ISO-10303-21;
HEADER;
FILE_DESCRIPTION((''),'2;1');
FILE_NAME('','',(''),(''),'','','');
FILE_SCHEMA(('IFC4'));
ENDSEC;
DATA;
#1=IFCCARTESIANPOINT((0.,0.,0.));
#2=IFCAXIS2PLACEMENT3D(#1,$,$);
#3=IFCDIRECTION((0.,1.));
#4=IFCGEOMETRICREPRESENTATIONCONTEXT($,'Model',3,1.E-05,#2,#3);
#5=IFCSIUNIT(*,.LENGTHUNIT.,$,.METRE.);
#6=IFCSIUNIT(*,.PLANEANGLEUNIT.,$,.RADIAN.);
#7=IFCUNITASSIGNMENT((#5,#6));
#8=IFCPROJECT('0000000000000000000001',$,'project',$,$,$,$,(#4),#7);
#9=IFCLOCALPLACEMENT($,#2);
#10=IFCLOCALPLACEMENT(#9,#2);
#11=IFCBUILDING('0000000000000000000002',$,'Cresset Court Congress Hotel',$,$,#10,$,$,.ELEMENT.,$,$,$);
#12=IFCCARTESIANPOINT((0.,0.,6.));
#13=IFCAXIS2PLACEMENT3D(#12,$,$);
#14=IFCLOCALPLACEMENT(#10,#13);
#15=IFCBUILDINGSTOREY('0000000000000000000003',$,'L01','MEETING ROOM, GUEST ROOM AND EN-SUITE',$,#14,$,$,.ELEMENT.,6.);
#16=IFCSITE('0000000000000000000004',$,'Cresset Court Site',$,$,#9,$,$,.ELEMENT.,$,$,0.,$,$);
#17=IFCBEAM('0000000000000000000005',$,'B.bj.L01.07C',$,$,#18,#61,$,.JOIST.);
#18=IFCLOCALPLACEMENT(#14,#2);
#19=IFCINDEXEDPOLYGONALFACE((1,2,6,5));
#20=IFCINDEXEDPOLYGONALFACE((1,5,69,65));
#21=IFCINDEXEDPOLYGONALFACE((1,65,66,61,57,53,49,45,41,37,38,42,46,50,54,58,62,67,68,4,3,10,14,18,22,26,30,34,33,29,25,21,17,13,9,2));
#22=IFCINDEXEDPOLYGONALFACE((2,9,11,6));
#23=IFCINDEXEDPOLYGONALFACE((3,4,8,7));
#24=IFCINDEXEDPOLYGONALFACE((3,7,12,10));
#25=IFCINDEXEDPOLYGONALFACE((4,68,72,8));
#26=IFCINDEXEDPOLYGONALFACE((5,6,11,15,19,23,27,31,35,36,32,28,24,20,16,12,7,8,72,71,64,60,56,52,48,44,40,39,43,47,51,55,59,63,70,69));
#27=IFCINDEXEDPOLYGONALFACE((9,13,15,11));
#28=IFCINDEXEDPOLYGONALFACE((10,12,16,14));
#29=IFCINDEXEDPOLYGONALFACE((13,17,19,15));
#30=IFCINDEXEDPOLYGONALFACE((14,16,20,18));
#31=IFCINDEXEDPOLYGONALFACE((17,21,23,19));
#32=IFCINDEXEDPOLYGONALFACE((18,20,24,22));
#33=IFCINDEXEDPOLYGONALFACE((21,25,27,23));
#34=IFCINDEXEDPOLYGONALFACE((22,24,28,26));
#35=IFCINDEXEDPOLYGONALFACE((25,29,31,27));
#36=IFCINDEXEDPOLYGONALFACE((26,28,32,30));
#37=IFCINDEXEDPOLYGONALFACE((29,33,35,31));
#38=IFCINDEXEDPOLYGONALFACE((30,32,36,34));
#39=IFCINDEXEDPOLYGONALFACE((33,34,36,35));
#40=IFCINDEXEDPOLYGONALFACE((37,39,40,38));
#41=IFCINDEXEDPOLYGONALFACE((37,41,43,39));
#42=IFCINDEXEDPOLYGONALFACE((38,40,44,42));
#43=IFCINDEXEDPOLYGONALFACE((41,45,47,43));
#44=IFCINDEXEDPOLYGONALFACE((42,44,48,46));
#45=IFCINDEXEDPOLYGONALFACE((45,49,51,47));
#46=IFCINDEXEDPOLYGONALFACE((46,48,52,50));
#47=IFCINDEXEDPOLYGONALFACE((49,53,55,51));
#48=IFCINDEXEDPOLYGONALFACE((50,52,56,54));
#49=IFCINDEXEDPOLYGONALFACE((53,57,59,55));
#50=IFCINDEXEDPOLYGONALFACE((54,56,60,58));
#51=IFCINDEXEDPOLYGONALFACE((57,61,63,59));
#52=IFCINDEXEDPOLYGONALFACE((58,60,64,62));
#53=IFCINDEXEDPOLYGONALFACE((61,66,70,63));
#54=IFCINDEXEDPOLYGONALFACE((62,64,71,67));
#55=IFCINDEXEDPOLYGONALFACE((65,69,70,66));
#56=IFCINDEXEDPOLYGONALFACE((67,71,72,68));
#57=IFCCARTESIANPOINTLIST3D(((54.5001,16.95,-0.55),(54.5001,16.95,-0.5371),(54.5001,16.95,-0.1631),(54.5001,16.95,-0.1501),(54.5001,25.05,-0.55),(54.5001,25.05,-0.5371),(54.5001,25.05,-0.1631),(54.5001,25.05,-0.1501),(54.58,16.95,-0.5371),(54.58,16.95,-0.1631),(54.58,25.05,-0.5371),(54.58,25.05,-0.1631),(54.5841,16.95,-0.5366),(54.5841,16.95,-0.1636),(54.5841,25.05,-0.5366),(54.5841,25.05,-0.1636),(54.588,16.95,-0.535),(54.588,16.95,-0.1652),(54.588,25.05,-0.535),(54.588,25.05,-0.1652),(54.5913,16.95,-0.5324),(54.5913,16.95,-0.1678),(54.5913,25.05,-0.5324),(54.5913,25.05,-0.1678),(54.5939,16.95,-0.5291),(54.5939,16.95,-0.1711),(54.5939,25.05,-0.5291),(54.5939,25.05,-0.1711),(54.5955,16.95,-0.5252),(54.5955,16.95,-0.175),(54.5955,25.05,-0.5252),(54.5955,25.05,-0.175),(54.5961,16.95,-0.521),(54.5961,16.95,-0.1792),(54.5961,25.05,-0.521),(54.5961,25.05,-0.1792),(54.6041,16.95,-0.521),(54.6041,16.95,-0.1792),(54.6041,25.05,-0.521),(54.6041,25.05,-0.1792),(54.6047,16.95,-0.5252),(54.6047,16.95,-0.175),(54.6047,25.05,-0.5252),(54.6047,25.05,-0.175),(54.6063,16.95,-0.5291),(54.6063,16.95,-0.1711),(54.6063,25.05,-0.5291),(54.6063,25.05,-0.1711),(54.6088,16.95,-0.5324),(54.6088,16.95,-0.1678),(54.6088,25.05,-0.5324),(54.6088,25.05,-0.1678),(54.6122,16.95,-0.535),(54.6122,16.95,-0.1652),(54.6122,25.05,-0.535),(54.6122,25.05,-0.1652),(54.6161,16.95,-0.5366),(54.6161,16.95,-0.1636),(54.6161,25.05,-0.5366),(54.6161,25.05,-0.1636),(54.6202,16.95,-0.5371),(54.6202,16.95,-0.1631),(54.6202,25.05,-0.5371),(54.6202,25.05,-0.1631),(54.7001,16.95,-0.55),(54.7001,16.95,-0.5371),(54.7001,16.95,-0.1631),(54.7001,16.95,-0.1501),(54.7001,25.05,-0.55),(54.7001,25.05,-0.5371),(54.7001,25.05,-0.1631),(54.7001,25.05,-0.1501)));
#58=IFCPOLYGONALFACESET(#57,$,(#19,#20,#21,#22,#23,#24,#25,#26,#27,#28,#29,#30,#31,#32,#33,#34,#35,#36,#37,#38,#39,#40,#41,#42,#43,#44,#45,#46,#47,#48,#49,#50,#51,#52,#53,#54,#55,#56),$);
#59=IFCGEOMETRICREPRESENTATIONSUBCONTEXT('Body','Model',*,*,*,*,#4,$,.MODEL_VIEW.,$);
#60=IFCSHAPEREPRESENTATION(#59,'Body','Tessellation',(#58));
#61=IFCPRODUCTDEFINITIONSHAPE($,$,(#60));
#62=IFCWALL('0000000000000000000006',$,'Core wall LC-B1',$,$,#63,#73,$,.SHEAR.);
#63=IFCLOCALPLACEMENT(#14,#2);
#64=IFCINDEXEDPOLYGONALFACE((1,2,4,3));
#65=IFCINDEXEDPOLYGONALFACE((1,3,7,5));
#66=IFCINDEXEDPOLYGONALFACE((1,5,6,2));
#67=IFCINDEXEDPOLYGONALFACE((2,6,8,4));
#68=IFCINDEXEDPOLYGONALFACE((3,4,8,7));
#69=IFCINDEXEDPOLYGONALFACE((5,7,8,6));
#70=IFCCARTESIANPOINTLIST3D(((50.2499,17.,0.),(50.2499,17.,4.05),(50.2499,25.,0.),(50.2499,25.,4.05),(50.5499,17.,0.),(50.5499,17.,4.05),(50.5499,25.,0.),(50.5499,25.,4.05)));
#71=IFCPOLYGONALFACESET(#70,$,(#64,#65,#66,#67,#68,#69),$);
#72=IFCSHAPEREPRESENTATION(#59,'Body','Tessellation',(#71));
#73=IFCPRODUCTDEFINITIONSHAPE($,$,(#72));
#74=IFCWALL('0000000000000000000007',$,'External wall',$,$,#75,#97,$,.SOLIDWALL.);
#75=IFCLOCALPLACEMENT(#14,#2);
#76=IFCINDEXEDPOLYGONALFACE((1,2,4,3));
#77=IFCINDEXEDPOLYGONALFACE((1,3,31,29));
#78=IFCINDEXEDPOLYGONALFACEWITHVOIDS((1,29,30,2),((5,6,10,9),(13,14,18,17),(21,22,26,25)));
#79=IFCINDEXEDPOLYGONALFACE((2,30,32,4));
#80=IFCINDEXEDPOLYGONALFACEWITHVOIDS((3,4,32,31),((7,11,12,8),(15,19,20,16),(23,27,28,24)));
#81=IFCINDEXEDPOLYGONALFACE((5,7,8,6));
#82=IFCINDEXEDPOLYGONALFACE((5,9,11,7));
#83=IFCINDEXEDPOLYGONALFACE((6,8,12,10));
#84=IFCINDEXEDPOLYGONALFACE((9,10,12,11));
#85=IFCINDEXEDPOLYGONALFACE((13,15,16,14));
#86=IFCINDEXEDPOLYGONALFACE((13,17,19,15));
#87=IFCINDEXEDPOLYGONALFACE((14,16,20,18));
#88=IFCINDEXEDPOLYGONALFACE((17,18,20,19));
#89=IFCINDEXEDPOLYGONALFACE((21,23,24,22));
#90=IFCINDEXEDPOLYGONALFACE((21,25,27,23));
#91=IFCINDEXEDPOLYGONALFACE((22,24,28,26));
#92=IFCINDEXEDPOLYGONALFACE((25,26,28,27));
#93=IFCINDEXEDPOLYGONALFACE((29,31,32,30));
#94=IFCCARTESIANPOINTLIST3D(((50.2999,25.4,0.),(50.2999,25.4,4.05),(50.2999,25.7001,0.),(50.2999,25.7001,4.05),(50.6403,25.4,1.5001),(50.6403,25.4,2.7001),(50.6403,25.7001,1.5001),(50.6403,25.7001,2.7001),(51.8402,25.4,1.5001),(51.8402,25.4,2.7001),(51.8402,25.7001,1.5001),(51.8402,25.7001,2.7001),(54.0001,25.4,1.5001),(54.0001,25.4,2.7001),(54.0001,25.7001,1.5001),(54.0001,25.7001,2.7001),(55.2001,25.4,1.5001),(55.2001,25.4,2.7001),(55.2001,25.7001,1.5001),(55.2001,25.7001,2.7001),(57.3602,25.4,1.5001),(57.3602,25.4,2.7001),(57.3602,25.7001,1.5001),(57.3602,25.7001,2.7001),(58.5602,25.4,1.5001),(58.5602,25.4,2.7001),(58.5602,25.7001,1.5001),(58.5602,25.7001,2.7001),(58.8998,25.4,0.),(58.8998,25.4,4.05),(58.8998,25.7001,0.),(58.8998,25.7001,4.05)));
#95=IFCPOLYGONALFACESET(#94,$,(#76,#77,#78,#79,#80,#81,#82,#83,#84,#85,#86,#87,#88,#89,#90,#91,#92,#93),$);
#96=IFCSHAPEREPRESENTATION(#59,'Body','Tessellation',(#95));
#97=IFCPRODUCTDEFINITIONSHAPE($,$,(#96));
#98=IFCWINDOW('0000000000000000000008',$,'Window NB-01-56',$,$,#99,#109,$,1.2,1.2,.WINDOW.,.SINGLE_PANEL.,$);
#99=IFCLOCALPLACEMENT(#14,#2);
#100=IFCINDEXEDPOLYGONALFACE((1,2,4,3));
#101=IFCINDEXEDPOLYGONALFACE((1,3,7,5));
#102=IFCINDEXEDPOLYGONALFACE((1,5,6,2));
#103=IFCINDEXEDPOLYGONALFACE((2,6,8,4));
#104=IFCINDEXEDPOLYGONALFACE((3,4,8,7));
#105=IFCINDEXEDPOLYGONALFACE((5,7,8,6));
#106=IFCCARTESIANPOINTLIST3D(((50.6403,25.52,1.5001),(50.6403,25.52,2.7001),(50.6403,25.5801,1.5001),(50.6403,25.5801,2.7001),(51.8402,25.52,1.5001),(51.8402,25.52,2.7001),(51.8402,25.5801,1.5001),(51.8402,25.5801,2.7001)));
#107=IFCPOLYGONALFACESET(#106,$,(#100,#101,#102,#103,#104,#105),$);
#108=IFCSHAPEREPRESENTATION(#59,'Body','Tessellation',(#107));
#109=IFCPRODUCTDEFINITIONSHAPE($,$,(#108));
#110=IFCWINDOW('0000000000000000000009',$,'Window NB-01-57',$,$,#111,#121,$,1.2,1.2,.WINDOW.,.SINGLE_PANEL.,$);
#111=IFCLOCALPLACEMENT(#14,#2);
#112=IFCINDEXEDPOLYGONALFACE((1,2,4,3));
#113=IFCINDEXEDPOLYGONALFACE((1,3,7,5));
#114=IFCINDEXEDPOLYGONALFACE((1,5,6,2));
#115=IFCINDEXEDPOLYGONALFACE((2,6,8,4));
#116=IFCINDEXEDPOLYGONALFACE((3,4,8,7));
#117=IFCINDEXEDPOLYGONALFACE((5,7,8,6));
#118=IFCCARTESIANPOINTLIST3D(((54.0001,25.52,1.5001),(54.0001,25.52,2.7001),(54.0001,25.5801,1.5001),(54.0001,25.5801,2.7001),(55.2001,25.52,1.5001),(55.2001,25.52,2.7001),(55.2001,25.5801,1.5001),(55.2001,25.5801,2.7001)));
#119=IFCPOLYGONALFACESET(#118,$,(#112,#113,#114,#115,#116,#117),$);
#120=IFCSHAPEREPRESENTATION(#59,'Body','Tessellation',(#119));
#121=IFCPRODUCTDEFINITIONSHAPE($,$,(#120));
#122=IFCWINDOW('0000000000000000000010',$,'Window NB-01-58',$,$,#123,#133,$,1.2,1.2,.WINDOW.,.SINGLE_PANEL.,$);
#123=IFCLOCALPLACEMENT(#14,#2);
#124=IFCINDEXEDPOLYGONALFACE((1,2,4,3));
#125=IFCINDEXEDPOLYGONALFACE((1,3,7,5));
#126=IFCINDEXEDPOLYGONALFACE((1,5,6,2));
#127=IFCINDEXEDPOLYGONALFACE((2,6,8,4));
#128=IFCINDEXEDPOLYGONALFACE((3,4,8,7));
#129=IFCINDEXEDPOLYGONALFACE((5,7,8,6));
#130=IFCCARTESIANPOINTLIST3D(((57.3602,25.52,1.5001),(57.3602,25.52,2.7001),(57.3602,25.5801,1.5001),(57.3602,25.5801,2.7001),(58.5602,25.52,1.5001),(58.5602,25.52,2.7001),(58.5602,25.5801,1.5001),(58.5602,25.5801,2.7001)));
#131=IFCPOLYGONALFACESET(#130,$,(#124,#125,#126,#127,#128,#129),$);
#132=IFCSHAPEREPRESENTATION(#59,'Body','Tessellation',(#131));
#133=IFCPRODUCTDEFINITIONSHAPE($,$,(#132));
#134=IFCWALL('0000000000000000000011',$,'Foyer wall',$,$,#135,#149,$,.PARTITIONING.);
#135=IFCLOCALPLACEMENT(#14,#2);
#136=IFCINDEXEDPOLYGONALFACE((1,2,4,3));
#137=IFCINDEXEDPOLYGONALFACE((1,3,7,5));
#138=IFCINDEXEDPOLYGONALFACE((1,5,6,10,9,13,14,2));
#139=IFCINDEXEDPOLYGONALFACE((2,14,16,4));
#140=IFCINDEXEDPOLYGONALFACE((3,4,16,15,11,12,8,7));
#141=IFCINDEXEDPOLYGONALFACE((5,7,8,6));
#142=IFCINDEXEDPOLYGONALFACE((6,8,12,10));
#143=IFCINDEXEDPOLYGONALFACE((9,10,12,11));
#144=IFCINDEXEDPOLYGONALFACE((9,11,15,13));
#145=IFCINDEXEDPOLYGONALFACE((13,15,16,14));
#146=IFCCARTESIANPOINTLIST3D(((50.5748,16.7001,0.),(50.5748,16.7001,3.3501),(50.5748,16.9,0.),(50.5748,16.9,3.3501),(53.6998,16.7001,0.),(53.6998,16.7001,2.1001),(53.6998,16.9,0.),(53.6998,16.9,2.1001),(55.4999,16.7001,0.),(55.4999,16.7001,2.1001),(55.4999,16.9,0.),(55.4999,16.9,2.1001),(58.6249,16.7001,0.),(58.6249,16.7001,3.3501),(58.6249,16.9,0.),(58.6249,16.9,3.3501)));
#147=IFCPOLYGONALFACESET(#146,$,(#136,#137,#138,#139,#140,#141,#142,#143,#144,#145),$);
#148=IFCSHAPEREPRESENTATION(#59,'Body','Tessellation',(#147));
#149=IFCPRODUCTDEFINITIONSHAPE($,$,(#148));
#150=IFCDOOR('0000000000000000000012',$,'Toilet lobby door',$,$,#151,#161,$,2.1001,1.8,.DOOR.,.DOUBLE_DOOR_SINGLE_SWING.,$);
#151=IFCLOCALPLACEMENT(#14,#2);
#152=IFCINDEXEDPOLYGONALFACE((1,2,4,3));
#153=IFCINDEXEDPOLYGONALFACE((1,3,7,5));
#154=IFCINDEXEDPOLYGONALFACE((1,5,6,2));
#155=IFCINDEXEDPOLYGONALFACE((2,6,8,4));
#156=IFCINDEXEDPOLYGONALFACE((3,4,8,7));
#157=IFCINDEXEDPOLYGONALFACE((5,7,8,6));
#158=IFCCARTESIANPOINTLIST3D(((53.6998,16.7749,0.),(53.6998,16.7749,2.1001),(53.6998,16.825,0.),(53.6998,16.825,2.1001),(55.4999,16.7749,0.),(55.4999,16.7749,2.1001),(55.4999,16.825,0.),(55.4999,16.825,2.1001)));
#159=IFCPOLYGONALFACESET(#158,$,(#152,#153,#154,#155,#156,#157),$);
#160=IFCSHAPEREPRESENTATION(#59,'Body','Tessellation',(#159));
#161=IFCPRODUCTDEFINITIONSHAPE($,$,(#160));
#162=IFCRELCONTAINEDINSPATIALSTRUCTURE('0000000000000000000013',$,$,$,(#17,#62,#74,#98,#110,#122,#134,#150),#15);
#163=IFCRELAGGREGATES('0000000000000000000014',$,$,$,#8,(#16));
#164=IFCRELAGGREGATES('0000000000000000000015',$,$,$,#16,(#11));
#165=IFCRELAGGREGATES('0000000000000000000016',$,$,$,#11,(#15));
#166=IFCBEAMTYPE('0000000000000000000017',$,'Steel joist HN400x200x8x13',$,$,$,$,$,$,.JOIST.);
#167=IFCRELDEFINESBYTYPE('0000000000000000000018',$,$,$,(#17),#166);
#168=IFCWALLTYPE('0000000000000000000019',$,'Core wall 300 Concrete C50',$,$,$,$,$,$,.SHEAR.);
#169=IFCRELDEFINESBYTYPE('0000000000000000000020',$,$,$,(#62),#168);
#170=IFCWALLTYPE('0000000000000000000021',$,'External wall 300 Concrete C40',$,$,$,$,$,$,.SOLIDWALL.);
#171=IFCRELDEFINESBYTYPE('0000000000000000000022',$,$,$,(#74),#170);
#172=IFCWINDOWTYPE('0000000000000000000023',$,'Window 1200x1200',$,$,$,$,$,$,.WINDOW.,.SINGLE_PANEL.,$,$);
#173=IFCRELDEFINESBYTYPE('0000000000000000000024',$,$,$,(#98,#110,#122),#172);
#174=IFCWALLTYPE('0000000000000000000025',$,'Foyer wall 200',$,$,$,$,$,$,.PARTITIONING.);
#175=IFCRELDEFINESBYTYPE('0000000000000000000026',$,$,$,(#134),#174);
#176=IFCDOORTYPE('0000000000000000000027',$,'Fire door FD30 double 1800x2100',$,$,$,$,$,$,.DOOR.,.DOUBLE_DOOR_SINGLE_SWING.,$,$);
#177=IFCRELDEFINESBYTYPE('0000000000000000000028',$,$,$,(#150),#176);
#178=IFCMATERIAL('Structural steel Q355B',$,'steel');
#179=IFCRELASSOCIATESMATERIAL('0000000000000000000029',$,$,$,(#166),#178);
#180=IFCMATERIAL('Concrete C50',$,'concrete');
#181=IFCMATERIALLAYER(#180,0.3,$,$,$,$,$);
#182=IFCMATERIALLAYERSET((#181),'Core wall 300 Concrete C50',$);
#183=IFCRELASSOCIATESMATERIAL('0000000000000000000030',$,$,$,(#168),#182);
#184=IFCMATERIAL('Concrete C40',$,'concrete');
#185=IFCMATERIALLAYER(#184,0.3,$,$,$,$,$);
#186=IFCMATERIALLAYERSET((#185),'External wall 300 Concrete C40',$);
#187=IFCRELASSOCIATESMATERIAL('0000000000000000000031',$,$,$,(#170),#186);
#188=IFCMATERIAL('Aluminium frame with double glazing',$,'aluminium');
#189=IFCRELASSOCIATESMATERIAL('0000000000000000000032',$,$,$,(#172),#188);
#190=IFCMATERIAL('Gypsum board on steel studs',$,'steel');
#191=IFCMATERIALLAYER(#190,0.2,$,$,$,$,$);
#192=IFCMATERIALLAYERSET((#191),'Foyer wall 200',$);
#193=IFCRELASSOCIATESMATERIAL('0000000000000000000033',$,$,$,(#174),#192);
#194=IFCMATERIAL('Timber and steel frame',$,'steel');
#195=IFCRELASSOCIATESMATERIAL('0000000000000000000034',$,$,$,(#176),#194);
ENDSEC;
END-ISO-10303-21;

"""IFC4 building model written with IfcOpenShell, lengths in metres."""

from ifc_helpers import new_model, si_unit, direction, frame, frame_2d, origin, origin_2d, place, context, subcontext, project, spatial, rectangle, i_section, extrude, material, layer, layer_set, material_profile, profile_set, type_object, element, fill, save


model = new_model("IFC4")

# Units and contexts
model_context = context("Model", 3, precision=1e-05, world=origin(), true_north=direction((0.0, 1.0)))
body_context = subcontext(model_context, "Body", "Model", "MODEL_VIEW")
ifc_project = project(units=[si_unit("LENGTHUNIT", "METRE"), si_unit("PLANEANGLEUNIT", "RADIAN")], contexts=[model_context])

# Site, building, storey
site_placement = place(None, origin())
site = spatial("IfcSite", under=ifc_project, at=site_placement, Name="Cresset Court Site", CompositionType="ELEMENT", RefElevation=0.0)
building_placement = place(site_placement, origin())
building = spatial("IfcBuilding", under=site, at=building_placement, Name="Cresset Court Congress Hotel", CompositionType="ELEMENT")
storey_placement = place(building_placement, frame((0.0, 0.0, 6.0)))
storey = spatial("IfcBuildingStorey", under=building, at=storey_placement, Name="L01", Description="MEETING ROOM, GUEST ROOM AND EN-SUITE", CompositionType="ELEMENT", Elevation=6.0)

# Beam
ifc_material_1 = material(Name="Structural steel Q355B", Category="steel")
ifc_material_profile_1 = material_profile(ifc_material_1, i_section(OverallWidth=0.2, OverallDepth=0.3999, WebThickness=0.0081, FlangeThickness=0.0129, FilletRadius=0.0161, at=origin_2d()), Name="HN400x200x8x13")
ifc_profile_set_1 = profile_set([ifc_material_profile_1], Name="Structural steel Q355B")
beam_type_1 = type_object("IfcBeamType", Name="Steel joist HN400x200x8x13", PredefinedType="JOIST", material=ifc_profile_set_1)
beam_placement = place(storey_placement, frame((54.6001, 16.95, -0.3501), z_axis=(0.0, 1.0, 0.0), x_axis=(-1.0, 0.0, 0.0)))
element("IfcBeam", 1, at=beam_placement, inside=storey, type_object=beam_type_1, Name="B.bj.L01.07C", PredefinedType="JOIST", context=body_context, shape_type="SweptSolid", body=[
    extrude(i_section(OverallWidth=0.2, OverallDepth=0.3999, WebThickness=0.0081, FlangeThickness=0.0129, FilletRadius=0.0161, at=origin_2d()), origin(), (0.0, 0.0, 1.0), 8.1001),
])

# Wall
ifc_material_2 = material(Name="Concrete C50", Category="concrete")
ifc_layer_1 = layer(ifc_material_2, 0.3)
ifc_layer_set_1 = layer_set([ifc_layer_1], Name="Core wall 300 Concrete C50")
wall_type_1 = type_object("IfcWallType", Name="Core wall 300 Concrete C50", PredefinedType="SHEAR", material=ifc_layer_set_1)
wall_1_placement = place(storey_placement, frame((50.3999, 17.0, 0.0), z_axis=(0.0, 0.0, 1.0), x_axis=(0.0, 1.0, 0.0)))
element("IfcWall", 2, at=wall_1_placement, inside=storey, type_object=wall_type_1, Name="Core wall LC-B1", PredefinedType="SHEAR", context=body_context, shape_type="SweptSolid", body=[
    extrude(rectangle(XDim=8.0, YDim=0.3, at=frame_2d((4.0, 0.0))), origin(), (0.0, 0.0, 1.0), 4.05),
])

# Wall, openings, windows
ifc_material_3 = material(Name="Concrete C40", Category="concrete")
ifc_layer_2 = layer(ifc_material_3, 0.3)
ifc_layer_set_2 = layer_set([ifc_layer_2], Name="External wall 300 Concrete C40")
wall_type_2 = type_object("IfcWallType", Name="External wall 300 Concrete C40", PredefinedType="SOLIDWALL", material=ifc_layer_set_2)
wall_2_placement = place(storey_placement, frame((50.3, 25.55, 0.0), z_axis=(0.0, 0.0, 1.0), x_axis=(1.0, 0.0, 0.0)))
wall_2 = element("IfcWall", 3, at=wall_2_placement, inside=storey, type_object=wall_type_2, Name="External wall", PredefinedType="SOLIDWALL", context=body_context, shape_type="SweptSolid", body=[
    extrude(rectangle(XDim=8.5999, YDim=0.3, at=frame_2d((4.2998, 0.0))), origin(), (0.0, 0.0, 1.0), 4.05),
])
opening_1_placement = place(wall_2_placement, frame((0.3401, 0.0, 1.5)))
opening_1 = element("IfcOpeningElement", 4, at=opening_1_placement, cuts=wall_2, PredefinedType="OPENING", context=body_context, shape_type="SweptSolid", body=[
    extrude(rectangle(XDim=1.2, YDim=1.2, at=frame_2d((0.6001, 0.6001))), frame((0.0, 0.1599, 0.0), z_axis=(0.0, -1.0, 0.0), x_axis=(1.0, 0.0, 0.0)), (0.0, 0.0, 1.0), 0.3201),
])
opening_2_placement = place(wall_2_placement, frame((3.7, 0.0, 1.5)))
opening_2 = element("IfcOpeningElement", 5, at=opening_2_placement, cuts=wall_2, PredefinedType="OPENING", context=body_context, shape_type="SweptSolid", body=[
    extrude(rectangle(XDim=1.2, YDim=1.2, at=frame_2d((0.6001, 0.6001))), frame((0.0, 0.1599, 0.0), z_axis=(0.0, -1.0, 0.0), x_axis=(1.0, 0.0, 0.0)), (0.0, 0.0, 1.0), 0.3201),
])
opening_3_placement = place(wall_2_placement, frame((7.0601, 0.0, 1.5)))
opening_3 = element("IfcOpeningElement", 6, at=opening_3_placement, cuts=wall_2, PredefinedType="OPENING", context=body_context, shape_type="SweptSolid", body=[
    extrude(rectangle(XDim=1.2, YDim=1.2, at=frame_2d((0.6001, 0.6001))), frame((0.0, 0.1599, 0.0), z_axis=(0.0, -1.0, 0.0), x_axis=(1.0, 0.0, 0.0)), (0.0, 0.0, 1.0), 0.3201),
])
ifc_material_4 = material(Name="Aluminium frame with double glazing", Category="aluminium")
window_type = type_object("IfcWindowType", Name="Window 1200x1200", PartitioningType="SINGLE_PANEL", PredefinedType="WINDOW", material=ifc_material_4)
window_1_placement = place(opening_1_placement, origin())
window_1 = element("IfcWindow", 7, at=window_1_placement, inside=storey, type_object=window_type, Name="Window NB-01-56", OverallHeight=1.2, OverallWidth=1.2, PartitioningType="SINGLE_PANEL", PredefinedType="WINDOW", context=body_context, shape_type="SweptSolid", body=[
    extrude(rectangle(XDim=1.2, YDim=1.2, at=frame_2d((0.6001, 0.6001))), frame((0.0, 0.03, 0.0), z_axis=(0.0, -1.0, 0.0), x_axis=(1.0, 0.0, 0.0)), (0.0, 0.0, 1.0), 0.0601),
])
fill(opening_1, window_1)
window_2_placement = place(opening_2_placement, origin())
window_2 = element("IfcWindow", 8, at=window_2_placement, inside=storey, type_object=window_type, Name="Window NB-01-57", OverallHeight=1.2, OverallWidth=1.2, PartitioningType="SINGLE_PANEL", PredefinedType="WINDOW", context=body_context, shape_type="SweptSolid", body=[
    extrude(rectangle(XDim=1.2, YDim=1.2, at=frame_2d((0.6001, 0.6001))), frame((0.0, 0.03, 0.0), z_axis=(0.0, -1.0, 0.0), x_axis=(1.0, 0.0, 0.0)), (0.0, 0.0, 1.0), 0.0601),
])
fill(opening_2, window_2)
window_3_placement = place(opening_3_placement, origin())
window_3 = element("IfcWindow", 9, at=window_3_placement, inside=storey, type_object=window_type, Name="Window NB-01-58", OverallHeight=1.2, OverallWidth=1.2, PartitioningType="SINGLE_PANEL", PredefinedType="WINDOW", context=body_context, shape_type="SweptSolid", body=[
    extrude(rectangle(XDim=1.2, YDim=1.2, at=frame_2d((0.6001, 0.6001))), frame((0.0, 0.03, 0.0), z_axis=(0.0, -1.0, 0.0), x_axis=(1.0, 0.0, 0.0)), (0.0, 0.0, 1.0), 0.0601),
])
fill(opening_3, window_3)

# Wall, opening, door
ifc_material_5 = material(Name="Gypsum board on steel studs", Category="steel")
ifc_layer_3 = layer(ifc_material_5, 0.2)
ifc_layer_set_3 = layer_set([ifc_layer_3], Name="Foyer wall 200")
wall_type_3 = type_object("IfcWallType", Name="Foyer wall 200", PredefinedType="PARTITIONING", material=ifc_layer_set_3)
wall_3_placement = place(storey_placement, frame((50.575, 16.8, 0.0), z_axis=(0.0, 0.0, 1.0), x_axis=(1.0, 0.0, 0.0)))
wall_3 = element("IfcWall", 10, at=wall_3_placement, inside=storey, type_object=wall_type_3, Name="Foyer wall", PredefinedType="PARTITIONING", context=body_context, shape_type="SweptSolid", body=[
    extrude(rectangle(XDim=8.05, YDim=0.2, at=frame_2d((4.0249, 0.0))), origin(), (0.0, 0.0, 1.0), 3.3501),
])
opening_4_placement = place(wall_3_placement, frame((3.125, 0.0, 0.0)))
opening_4 = element("IfcOpeningElement", 11, at=opening_4_placement, cuts=wall_3, PredefinedType="OPENING", context=body_context, shape_type="SweptSolid", body=[
    extrude(rectangle(XDim=1.8, YDim=2.1001, at=frame_2d((0.8999, 1.05))), frame((0.0, 0.1099, 0.0), z_axis=(0.0, -1.0, 0.0), x_axis=(1.0, 0.0, 0.0)), (0.0, 0.0, 1.0), 0.22),
])
ifc_material_6 = material(Name="Timber and steel frame", Category="steel")
door_type_1 = type_object("IfcDoorType", Name="Fire door FD30 double 1800x2100", OperationType="DOUBLE_DOOR_SINGLE_SWING", PredefinedType="DOOR", material=ifc_material_6)
door_1_placement = place(opening_4_placement, origin())
door_1 = element("IfcDoor", 12, at=door_1_placement, inside=storey, type_object=door_type_1, Name="Toilet lobby door", OperationType="DOUBLE_DOOR_SINGLE_SWING", OverallHeight=2.1001, OverallWidth=1.8, PredefinedType="DOOR", context=body_context, shape_type="SweptSolid", body=[
    extrude(rectangle(XDim=1.8, YDim=2.1001, at=frame_2d((0.8999, 1.05))), frame((0.0, 0.0249, 0.0), z_axis=(0.0, -1.0, 0.0), x_axis=(1.0, 0.0, 0.0)), (0.0, 0.0, 1.0), 0.05),
])
fill(opening_4, door_1)

save(model, "model.ifc")
